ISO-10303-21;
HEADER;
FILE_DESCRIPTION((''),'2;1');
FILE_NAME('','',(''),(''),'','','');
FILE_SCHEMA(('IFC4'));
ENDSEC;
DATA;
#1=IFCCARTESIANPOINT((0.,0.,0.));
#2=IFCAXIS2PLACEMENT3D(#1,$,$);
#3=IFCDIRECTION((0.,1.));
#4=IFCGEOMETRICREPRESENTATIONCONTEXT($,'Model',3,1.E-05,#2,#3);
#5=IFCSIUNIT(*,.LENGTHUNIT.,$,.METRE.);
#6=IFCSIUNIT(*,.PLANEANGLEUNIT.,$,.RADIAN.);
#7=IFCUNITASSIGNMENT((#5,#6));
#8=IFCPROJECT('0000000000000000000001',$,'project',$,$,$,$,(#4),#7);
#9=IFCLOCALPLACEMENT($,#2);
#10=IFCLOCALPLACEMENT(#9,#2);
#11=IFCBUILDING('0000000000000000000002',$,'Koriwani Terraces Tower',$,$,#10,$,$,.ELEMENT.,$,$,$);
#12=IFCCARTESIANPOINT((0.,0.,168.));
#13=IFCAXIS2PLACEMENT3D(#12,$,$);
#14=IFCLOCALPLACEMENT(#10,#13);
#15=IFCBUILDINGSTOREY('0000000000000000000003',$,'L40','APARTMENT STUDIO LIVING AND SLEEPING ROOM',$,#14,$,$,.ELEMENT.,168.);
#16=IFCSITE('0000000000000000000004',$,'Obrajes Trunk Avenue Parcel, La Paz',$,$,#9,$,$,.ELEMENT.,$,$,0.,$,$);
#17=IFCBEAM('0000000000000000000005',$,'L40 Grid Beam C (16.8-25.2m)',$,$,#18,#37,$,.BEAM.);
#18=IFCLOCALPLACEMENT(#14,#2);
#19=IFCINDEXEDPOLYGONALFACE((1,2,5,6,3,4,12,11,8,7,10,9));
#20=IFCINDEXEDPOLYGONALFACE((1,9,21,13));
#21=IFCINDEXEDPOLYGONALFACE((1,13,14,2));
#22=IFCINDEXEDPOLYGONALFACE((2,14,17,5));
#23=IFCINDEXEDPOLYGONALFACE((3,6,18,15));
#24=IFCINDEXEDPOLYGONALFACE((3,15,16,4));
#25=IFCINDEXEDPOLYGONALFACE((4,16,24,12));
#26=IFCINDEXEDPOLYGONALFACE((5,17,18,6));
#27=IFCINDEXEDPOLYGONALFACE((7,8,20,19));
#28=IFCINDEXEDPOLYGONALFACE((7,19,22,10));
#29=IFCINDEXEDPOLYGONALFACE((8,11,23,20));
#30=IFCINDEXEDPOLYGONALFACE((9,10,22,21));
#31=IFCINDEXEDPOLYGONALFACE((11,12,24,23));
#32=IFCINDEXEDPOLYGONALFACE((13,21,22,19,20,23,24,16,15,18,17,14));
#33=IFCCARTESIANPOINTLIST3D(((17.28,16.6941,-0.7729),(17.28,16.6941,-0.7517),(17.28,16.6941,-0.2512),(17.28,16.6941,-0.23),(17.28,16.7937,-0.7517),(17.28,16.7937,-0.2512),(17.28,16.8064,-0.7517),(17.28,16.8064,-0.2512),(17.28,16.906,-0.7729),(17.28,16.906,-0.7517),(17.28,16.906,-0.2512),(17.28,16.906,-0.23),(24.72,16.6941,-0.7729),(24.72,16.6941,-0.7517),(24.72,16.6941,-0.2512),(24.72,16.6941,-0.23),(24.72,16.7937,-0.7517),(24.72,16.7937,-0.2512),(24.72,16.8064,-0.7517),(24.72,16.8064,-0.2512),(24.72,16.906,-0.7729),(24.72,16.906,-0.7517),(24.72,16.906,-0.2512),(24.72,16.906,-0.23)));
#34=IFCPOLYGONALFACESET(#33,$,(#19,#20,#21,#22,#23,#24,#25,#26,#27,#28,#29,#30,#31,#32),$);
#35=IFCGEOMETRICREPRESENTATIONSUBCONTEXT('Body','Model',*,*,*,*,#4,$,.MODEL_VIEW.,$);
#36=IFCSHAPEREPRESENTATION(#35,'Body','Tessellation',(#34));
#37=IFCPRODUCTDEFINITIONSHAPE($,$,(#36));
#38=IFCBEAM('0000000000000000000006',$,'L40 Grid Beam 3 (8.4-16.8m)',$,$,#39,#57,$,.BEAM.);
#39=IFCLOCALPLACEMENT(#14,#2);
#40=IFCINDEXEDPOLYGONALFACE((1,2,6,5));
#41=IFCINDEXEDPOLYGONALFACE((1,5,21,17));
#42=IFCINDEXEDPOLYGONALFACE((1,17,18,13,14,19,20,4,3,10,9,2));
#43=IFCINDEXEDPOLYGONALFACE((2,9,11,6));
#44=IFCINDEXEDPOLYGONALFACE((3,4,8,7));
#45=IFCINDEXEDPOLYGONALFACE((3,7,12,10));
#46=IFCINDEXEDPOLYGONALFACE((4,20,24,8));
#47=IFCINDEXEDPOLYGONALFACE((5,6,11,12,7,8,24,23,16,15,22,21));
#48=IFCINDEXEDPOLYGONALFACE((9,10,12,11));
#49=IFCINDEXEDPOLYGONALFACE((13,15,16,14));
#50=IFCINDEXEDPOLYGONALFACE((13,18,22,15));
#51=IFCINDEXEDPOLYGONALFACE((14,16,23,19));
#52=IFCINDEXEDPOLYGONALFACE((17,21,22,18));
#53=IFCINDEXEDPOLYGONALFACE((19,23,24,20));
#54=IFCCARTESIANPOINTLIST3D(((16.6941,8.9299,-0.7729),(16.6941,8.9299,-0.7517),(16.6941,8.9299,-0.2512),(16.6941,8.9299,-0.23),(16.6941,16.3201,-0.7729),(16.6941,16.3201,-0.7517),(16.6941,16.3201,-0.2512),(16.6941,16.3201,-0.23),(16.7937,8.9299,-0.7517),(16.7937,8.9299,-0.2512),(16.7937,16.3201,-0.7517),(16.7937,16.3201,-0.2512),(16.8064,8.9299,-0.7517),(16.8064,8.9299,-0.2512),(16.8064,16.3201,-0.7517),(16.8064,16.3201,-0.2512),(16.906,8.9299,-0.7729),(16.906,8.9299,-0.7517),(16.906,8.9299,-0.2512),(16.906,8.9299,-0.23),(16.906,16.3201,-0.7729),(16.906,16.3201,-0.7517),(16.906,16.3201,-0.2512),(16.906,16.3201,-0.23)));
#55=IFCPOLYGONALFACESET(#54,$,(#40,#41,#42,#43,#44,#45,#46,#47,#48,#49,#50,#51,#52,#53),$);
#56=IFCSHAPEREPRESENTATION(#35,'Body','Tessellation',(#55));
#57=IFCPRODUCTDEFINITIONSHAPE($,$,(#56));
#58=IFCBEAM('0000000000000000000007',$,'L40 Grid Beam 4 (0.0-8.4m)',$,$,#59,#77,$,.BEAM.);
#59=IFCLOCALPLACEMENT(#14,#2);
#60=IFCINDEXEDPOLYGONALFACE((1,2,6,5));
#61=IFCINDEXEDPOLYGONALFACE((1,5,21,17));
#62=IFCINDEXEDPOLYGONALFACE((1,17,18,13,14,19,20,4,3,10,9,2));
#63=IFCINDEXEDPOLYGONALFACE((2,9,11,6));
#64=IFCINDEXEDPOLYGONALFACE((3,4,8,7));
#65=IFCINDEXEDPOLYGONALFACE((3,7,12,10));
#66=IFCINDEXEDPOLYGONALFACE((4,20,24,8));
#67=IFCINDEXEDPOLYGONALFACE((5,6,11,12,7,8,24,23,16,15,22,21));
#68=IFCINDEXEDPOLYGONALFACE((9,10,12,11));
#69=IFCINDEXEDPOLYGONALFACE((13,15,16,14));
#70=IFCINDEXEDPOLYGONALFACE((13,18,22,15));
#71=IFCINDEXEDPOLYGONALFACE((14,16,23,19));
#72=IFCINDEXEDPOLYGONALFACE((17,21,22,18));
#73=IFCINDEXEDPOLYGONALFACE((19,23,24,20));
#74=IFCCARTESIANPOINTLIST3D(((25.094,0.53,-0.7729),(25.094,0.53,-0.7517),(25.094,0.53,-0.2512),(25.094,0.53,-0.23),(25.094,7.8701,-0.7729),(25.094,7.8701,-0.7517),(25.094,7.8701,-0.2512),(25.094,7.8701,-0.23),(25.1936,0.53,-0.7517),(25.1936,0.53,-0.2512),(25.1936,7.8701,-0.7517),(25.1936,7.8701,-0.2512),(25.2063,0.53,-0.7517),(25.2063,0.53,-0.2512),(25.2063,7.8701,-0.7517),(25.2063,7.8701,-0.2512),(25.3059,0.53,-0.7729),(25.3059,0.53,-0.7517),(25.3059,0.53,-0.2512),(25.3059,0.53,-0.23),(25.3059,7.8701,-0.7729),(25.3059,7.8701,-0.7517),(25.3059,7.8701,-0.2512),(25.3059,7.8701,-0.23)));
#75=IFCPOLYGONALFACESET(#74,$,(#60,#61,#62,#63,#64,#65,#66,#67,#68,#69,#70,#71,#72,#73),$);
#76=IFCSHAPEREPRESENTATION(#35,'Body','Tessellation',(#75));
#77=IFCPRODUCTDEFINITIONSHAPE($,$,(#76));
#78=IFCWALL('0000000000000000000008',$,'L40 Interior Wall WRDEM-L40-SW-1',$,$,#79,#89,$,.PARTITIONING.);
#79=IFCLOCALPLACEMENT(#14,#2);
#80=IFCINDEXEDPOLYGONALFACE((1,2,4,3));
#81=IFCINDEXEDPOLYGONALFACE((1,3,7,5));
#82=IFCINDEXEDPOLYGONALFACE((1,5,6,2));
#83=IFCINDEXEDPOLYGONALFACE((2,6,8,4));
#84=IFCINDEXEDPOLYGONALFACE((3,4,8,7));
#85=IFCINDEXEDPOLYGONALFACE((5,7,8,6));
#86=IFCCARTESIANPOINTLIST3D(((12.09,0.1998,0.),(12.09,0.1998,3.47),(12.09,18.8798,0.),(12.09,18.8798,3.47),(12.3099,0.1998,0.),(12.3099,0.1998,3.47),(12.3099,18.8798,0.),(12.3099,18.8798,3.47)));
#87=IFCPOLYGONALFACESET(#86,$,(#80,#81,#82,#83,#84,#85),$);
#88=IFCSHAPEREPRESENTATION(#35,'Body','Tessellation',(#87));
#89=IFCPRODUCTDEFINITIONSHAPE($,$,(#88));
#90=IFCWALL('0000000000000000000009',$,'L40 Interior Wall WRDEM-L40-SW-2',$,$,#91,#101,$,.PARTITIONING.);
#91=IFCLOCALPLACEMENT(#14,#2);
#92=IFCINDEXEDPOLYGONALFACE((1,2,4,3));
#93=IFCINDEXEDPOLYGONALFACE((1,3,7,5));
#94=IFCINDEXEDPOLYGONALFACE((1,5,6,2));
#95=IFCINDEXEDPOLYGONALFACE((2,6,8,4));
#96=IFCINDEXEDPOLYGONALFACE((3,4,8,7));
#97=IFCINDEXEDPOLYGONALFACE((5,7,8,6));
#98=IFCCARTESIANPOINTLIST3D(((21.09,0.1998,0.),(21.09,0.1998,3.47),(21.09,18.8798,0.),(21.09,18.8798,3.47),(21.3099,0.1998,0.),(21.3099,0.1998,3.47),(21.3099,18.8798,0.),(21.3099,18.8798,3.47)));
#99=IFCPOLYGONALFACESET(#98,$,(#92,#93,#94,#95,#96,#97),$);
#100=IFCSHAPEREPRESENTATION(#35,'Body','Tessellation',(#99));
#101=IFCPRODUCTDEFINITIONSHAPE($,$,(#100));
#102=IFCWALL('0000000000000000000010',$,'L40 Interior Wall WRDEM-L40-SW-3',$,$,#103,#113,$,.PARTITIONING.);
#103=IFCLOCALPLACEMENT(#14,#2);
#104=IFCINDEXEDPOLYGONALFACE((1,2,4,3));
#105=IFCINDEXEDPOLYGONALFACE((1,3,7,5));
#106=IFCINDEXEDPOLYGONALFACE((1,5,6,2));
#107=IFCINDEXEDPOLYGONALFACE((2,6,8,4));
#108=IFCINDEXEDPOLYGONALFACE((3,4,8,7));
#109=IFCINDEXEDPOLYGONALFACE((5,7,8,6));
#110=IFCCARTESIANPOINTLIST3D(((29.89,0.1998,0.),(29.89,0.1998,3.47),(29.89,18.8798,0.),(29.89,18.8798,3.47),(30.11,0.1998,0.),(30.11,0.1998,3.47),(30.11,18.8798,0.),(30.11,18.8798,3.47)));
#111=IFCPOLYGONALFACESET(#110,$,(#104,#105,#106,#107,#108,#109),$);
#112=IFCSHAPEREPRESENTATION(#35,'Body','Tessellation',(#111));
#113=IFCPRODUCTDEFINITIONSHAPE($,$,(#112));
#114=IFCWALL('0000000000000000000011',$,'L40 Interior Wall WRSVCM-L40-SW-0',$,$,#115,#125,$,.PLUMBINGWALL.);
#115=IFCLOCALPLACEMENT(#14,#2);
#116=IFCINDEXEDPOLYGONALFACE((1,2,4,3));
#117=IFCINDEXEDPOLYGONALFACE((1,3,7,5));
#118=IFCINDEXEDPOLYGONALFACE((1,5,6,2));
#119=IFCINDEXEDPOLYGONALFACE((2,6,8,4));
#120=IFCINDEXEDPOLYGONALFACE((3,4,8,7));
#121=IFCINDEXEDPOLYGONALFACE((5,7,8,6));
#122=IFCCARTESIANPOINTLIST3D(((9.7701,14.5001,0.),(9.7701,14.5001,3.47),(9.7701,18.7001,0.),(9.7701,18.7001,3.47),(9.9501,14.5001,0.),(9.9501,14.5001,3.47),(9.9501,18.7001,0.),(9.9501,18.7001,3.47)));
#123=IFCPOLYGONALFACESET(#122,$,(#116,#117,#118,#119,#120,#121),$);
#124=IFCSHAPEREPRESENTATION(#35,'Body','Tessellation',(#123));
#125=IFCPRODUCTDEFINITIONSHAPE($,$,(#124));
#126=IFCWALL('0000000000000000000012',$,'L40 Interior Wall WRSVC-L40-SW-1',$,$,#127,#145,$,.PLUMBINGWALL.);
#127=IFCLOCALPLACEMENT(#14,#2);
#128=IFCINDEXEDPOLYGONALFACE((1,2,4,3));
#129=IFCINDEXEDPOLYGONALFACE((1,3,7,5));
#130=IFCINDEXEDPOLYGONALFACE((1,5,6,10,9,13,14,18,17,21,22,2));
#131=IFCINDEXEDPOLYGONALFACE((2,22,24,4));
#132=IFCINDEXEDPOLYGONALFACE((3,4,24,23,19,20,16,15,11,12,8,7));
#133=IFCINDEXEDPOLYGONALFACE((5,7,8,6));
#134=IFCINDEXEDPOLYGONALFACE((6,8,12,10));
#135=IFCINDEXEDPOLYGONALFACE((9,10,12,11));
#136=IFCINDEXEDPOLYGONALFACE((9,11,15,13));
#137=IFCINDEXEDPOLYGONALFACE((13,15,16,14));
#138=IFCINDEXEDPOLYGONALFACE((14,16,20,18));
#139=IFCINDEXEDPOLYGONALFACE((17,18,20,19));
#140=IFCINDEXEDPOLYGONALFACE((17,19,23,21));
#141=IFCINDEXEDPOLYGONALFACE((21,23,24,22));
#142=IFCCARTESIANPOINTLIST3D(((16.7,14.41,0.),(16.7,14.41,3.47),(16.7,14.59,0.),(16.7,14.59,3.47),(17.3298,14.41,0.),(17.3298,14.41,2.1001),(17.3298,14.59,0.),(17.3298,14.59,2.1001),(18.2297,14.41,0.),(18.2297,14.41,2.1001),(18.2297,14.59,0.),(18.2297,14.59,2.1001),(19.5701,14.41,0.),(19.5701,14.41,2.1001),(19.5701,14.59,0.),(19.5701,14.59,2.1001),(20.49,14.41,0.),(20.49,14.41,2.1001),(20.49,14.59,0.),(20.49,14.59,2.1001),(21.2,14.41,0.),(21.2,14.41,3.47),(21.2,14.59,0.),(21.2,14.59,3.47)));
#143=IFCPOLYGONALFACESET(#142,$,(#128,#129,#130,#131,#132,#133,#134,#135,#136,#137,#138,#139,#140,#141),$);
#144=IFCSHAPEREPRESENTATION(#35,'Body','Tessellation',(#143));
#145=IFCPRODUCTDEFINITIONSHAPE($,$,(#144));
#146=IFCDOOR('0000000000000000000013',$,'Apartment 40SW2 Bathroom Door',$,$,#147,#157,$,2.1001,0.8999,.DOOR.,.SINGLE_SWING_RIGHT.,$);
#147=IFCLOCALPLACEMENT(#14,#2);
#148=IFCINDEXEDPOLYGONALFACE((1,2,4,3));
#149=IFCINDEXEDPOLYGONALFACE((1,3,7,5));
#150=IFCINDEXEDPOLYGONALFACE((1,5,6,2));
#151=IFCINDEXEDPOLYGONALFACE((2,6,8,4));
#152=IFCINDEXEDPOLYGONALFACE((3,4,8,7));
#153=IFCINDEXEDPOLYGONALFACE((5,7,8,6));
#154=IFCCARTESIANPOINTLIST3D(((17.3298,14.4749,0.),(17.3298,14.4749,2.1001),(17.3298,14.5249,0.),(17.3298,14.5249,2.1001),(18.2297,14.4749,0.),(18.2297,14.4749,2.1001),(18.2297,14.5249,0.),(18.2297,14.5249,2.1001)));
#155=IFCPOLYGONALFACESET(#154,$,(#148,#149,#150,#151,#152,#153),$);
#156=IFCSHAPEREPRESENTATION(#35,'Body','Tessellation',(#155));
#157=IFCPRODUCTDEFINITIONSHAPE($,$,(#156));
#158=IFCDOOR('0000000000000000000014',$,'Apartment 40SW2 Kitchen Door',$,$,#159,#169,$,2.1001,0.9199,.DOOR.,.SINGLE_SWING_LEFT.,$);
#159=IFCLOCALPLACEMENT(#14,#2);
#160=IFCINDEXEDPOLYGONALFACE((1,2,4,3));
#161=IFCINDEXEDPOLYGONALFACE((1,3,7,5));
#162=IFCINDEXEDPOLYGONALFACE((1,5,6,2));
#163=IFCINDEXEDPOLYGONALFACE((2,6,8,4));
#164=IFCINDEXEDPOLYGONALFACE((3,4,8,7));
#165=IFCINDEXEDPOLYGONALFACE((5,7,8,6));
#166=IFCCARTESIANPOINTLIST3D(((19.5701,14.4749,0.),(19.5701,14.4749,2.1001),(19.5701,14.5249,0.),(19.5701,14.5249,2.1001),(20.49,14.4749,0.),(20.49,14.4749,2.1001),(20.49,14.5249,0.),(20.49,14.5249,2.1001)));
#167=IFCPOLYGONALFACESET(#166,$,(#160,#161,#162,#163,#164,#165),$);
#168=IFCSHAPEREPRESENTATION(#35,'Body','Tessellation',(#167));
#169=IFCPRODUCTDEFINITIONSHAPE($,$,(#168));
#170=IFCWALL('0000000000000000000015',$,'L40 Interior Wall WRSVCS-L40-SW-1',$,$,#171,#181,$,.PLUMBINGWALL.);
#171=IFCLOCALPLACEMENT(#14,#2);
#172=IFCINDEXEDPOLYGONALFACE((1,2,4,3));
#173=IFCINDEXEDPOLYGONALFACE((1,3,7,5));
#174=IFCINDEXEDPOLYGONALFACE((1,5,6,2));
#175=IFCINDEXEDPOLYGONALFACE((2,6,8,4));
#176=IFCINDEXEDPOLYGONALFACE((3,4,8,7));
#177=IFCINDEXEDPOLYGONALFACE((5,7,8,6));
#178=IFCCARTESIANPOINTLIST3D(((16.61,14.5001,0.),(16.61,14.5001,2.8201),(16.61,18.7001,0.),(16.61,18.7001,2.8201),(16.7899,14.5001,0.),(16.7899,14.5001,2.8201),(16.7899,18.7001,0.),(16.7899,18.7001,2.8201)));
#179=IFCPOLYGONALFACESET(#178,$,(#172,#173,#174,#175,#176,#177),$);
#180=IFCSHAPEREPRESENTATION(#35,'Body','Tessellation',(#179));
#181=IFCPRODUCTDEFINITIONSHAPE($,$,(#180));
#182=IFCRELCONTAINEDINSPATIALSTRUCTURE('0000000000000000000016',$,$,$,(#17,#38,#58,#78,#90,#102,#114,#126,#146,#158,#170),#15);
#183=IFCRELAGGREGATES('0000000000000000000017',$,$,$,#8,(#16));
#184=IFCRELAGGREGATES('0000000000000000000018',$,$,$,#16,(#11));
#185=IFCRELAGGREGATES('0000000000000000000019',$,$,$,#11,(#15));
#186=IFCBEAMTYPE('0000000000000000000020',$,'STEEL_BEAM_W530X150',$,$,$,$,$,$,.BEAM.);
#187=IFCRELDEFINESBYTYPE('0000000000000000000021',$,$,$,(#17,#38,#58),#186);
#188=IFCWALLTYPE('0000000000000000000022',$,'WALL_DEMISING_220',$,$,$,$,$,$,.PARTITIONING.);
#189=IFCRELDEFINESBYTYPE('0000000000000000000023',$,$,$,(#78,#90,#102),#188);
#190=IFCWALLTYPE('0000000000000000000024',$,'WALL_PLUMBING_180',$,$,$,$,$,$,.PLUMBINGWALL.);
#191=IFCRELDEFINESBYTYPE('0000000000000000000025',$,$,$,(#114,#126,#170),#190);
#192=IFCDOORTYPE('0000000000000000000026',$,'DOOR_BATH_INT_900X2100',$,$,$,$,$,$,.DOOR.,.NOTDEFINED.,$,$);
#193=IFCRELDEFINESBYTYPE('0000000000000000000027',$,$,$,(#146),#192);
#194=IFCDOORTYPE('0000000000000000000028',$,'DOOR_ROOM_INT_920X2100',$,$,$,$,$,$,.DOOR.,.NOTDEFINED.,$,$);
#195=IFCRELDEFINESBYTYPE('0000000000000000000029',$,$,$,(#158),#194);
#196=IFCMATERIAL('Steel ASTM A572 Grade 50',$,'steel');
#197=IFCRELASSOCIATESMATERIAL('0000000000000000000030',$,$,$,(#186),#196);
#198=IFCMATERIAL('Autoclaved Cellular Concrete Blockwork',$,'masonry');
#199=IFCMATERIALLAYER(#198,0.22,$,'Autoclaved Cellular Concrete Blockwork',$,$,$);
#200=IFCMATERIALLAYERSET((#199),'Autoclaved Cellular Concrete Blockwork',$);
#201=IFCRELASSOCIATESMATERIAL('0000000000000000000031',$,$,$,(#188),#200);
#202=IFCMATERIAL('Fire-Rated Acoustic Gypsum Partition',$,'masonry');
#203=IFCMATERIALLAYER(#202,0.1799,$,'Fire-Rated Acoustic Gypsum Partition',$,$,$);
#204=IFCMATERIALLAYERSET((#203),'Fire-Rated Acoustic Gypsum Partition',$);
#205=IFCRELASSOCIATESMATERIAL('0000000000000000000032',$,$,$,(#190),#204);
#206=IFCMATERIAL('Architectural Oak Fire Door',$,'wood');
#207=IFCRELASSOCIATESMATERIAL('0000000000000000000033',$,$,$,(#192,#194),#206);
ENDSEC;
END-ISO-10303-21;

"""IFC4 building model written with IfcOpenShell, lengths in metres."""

from ifc_helpers import new_model, si_unit, direction, frame, frame_2d, origin, origin_2d, place, context, subcontext, project, spatial, rectangle, i_section, extrude, material, layer, layer_set, material_profile, profile_set, type_object, element, fill, save


model = new_model("IFC4")

# Units and contexts
model_context = context("Model", 3, precision=1e-05, world=origin(), true_north=direction((0.0, 1.0)))
body_context = subcontext(model_context, "Body", "Model", "MODEL_VIEW")
ifc_project = project(units=[si_unit("LENGTHUNIT", "METRE"), si_unit("PLANEANGLEUNIT", "RADIAN")], contexts=[model_context])

# Site, building, storey
site_placement = place(None, origin())
site = spatial("IfcSite", under=ifc_project, at=site_placement, Name="Obrajes Trunk Avenue Parcel, La Paz", CompositionType="ELEMENT", RefElevation=0.0)
building_placement = place(site_placement, origin())
building = spatial("IfcBuilding", under=site, at=building_placement, Name="Koriwani Terraces Tower", CompositionType="ELEMENT")
storey_placement = place(building_placement, frame((0.0, 0.0, 168.0)))
storey = spatial("IfcBuildingStorey", under=building, at=storey_placement, Name="L40", Description="APARTMENT STUDIO LIVING AND SLEEPING ROOM", CompositionType="ELEMENT", Elevation=168.0)

# Beams
ifc_material_1 = material(Name="Steel ASTM A572 Grade 50", Category="steel")
ifc_material_profile_1 = material_profile(ifc_material_1, i_section(OverallWidth=0.2119, OverallDepth=0.543, WebThickness=0.0127, FlangeThickness=0.0212, at=origin_2d()), Name="Steel ASTM A572 Grade 50", Category="LoadBearing")
ifc_profile_set_1 = profile_set([ifc_material_profile_1], Name="Steel ASTM A572 Grade 50")
beam_type_1 = type_object("IfcBeamType", Name="STEEL_BEAM_W530X150", PredefinedType="BEAM", material=ifc_profile_set_1)
beam_1_placement = place(storey_placement, frame((17.28, 16.8, -0.5015), z_axis=(1.0, 0.0, 0.0), x_axis=(0.0, 1.0, 0.0)))
element("IfcBeam", 1, at=beam_1_placement, inside=storey, type_object=beam_type_1, Name="L40 Grid Beam C (16.8-25.2m)", PredefinedType="BEAM", context=body_context, shape_type="SweptSolid", body=[
    extrude(i_section(OverallWidth=0.2119, OverallDepth=0.543, WebThickness=0.0127, FlangeThickness=0.0212, at=origin_2d()), origin(), (0.0, 0.0, 1.0), 7.4399),
])
beam_2_placement = place(storey_placement, frame((16.8, 8.9299, -0.5015), z_axis=(0.0, 1.0, 0.0), x_axis=(-1.0, 0.0, 0.0)))
element("IfcBeam", 2, at=beam_2_placement, inside=storey, type_object=beam_type_1, Name="L40 Grid Beam 3 (8.4-16.8m)", PredefinedType="BEAM", context=body_context, shape_type="SweptSolid", body=[
    extrude(i_section(OverallWidth=0.2119, OverallDepth=0.543, WebThickness=0.0127, FlangeThickness=0.0212, at=origin_2d()), origin(), (0.0, 0.0, 1.0), 7.3901),
])
beam_3_placement = place(storey_placement, frame((25.2, 0.53, -0.5015), z_axis=(0.0, 1.0, 0.0), x_axis=(-1.0, 0.0, 0.0)))
element("IfcBeam", 3, at=beam_3_placement, inside=storey, type_object=beam_type_1, Name="L40 Grid Beam 4 (0.0-8.4m)", PredefinedType="BEAM", context=body_context, shape_type="SweptSolid", body=[
    extrude(i_section(OverallWidth=0.2119, OverallDepth=0.543, WebThickness=0.0127, FlangeThickness=0.0212, at=origin_2d()), origin(), (0.0, 0.0, 1.0), 7.3401),
])

# Walls
ifc_material_2 = material(Name="Autoclaved Cellular Concrete Blockwork", Category="masonry")
ifc_layer_1 = layer(ifc_material_2, 0.22, Name="Autoclaved Cellular Concrete Blockwork")
ifc_layer_set_1 = layer_set([ifc_layer_1], Name="Autoclaved Cellular Concrete Blockwork")
wall_type_1 = type_object("IfcWallType", Name="WALL_DEMISING_220", PredefinedType="PARTITIONING", material=ifc_layer_set_1)
for number, where, z_axis, x_axis, name in (
    (4, (12.2, 0.2, 0.0), (0.0, 0.0, 1.0), (0.0, 1.0, 0.0), "L40 Interior Wall WRDEM-L40-SW-1"),
    (5, (21.2, 0.2, 0.0), (0.0, 0.0, 1.0), (0.0, 1.0, 0.0), "L40 Interior Wall WRDEM-L40-SW-2"),
    (6, (30.0, 0.2, 0.0), (0.0, 0.0, 1.0), (0.0, 1.0, 0.0), "L40 Interior Wall WRDEM-L40-SW-3"),
):
    element("IfcWall", number, at=place(storey_placement, frame(where, z_axis=z_axis, x_axis=x_axis)), inside=storey, type_object=wall_type_1, Name=name, PredefinedType="PARTITIONING", context=body_context, shape_type="SweptSolid", body=[
        extrude(rectangle(XDim=18.6799, YDim=0.22, at=frame_2d((9.3398, 0.0))), origin(), (0.0, 0.0, 1.0), 3.47),
    ])
ifc_material_3 = material(Name="Fire-Rated Acoustic Gypsum Partition", Category="masonry")
ifc_layer_2 = layer(ifc_material_3, 0.1799, Name="Fire-Rated Acoustic Gypsum Partition")
ifc_layer_set_2 = layer_set([ifc_layer_2], Name="Fire-Rated Acoustic Gypsum Partition")
wall_type_2 = type_object("IfcWallType", Name="WALL_PLUMBING_180", PredefinedType="PLUMBINGWALL", material=ifc_layer_set_2)
wall_1_placement = place(storey_placement, frame((9.8601, 14.5, 0.0), z_axis=(0.0, 0.0, 1.0), x_axis=(0.0, 1.0, 0.0)))
element("IfcWall", 7, at=wall_1_placement, inside=storey, type_object=wall_type_2, Name="L40 Interior Wall WRSVCM-L40-SW-0", PredefinedType="PLUMBINGWALL", context=body_context, shape_type="SweptSolid", body=[
    extrude(rectangle(XDim=4.2, YDim=0.1799, at=frame_2d((2.1001, 0.0))), origin(), (0.0, 0.0, 1.0), 3.47),
])

# Wall, openings, doors
wall_2_placement = place(storey_placement, frame((16.7, 14.5, 0.0), z_axis=(0.0, 0.0, 1.0), x_axis=(1.0, 0.0, 0.0)))
wall_2 = element("IfcWall", 8, at=wall_2_placement, inside=storey, type_object=wall_type_2, Name="L40 Interior Wall WRSVC-L40-SW-1", PredefinedType="PLUMBINGWALL", context=body_context, shape_type="SweptSolid", body=[
    extrude(rectangle(XDim=4.5, YDim=0.1799, at=frame_2d((2.25, 0.0))), origin(), (0.0, 0.0, 1.0), 3.47),
])
opening_1_placement = place(wall_2_placement, frame((0.6299, 0.0, 0.0)))
opening_1 = element("IfcOpeningElement", 9, at=opening_1_placement, cuts=wall_2, PredefinedType="OPENING", context=body_context, shape_type="SweptSolid", body=[
    extrude(rectangle(XDim=0.8999, YDim=2.1001, at=frame_2d((0.45, 1.05))), frame((0.0, 0.1001, 0.0), z_axis=(0.0, -1.0, 0.0), x_axis=(1.0, 0.0, 0.0)), (0.0, 0.0, 1.0), 0.2),
])
opening_2_placement = place(wall_2_placement, frame((2.8701, 0.0, 0.0)))
opening_2 = element("IfcOpeningElement", 10, at=opening_2_placement, cuts=wall_2, PredefinedType="OPENING", context=body_context, shape_type="SweptSolid", body=[
    extrude(rectangle(XDim=0.9199, YDim=2.1001, at=frame_2d((0.46, 1.05))), frame((0.0, 0.1001, 0.0), z_axis=(0.0, -1.0, 0.0), x_axis=(1.0, 0.0, 0.0)), (0.0, 0.0, 1.0), 0.2),
])
ifc_material_4 = material(Name="Architectural Oak Fire Door", Category="wood")
door_type_1 = type_object("IfcDoorType", Name="DOOR_BATH_INT_900X2100", OperationType="NOTDEFINED", PredefinedType="DOOR", material=ifc_material_4)
door_1_placement = place(opening_1_placement, origin())
door_1 = element("IfcDoor", 11, at=door_1_placement, inside=storey, type_object=door_type_1, Name="Apartment 40SW2 Bathroom Door", OperationType="SINGLE_SWING_RIGHT", OverallHeight=2.1001, OverallWidth=0.8999, PredefinedType="DOOR", context=body_context, shape_type="SweptSolid", body=[
    extrude(rectangle(XDim=0.8999, YDim=2.1001, at=frame_2d((0.45, 1.05))), frame((0.0, 0.0249, 0.0), z_axis=(0.0, -1.0, 0.0), x_axis=(1.0, 0.0, 0.0)), (0.0, 0.0, 1.0), 0.05),
])
fill(opening_1, door_1)
door_type_2 = type_object("IfcDoorType", Name="DOOR_ROOM_INT_920X2100", OperationType="NOTDEFINED", PredefinedType="DOOR", material=ifc_material_4)
door_2_placement = place(opening_2_placement, origin())
door_2 = element("IfcDoor", 12, at=door_2_placement, inside=storey, type_object=door_type_2, Name="Apartment 40SW2 Kitchen Door", OperationType="SINGLE_SWING_LEFT", OverallHeight=2.1001, OverallWidth=0.9199, PredefinedType="DOOR", context=body_context, shape_type="SweptSolid", body=[
    extrude(rectangle(XDim=0.9199, YDim=2.1001, at=frame_2d((0.46, 1.05))), frame((0.0, 0.0249, 0.0), z_axis=(0.0, -1.0, 0.0), x_axis=(1.0, 0.0, 0.0)), (0.0, 0.0, 1.0), 0.05),
])
fill(opening_2, door_2)

# Wall
wall_3_placement = place(storey_placement, frame((16.7, 14.5, 0.0), z_axis=(0.0, 0.0, 1.0), x_axis=(0.0, 1.0, 0.0)))
element("IfcWall", 13, at=wall_3_placement, inside=storey, type_object=wall_type_2, Name="L40 Interior Wall WRSVCS-L40-SW-1", PredefinedType="PLUMBINGWALL", context=body_context, shape_type="SweptSolid", body=[
    extrude(rectangle(XDim=4.2, YDim=0.1799, at=frame_2d((2.1001, 0.0))), origin(), (0.0, 0.0, 1.0), 2.8201),
])

save(model, "model.ifc")
